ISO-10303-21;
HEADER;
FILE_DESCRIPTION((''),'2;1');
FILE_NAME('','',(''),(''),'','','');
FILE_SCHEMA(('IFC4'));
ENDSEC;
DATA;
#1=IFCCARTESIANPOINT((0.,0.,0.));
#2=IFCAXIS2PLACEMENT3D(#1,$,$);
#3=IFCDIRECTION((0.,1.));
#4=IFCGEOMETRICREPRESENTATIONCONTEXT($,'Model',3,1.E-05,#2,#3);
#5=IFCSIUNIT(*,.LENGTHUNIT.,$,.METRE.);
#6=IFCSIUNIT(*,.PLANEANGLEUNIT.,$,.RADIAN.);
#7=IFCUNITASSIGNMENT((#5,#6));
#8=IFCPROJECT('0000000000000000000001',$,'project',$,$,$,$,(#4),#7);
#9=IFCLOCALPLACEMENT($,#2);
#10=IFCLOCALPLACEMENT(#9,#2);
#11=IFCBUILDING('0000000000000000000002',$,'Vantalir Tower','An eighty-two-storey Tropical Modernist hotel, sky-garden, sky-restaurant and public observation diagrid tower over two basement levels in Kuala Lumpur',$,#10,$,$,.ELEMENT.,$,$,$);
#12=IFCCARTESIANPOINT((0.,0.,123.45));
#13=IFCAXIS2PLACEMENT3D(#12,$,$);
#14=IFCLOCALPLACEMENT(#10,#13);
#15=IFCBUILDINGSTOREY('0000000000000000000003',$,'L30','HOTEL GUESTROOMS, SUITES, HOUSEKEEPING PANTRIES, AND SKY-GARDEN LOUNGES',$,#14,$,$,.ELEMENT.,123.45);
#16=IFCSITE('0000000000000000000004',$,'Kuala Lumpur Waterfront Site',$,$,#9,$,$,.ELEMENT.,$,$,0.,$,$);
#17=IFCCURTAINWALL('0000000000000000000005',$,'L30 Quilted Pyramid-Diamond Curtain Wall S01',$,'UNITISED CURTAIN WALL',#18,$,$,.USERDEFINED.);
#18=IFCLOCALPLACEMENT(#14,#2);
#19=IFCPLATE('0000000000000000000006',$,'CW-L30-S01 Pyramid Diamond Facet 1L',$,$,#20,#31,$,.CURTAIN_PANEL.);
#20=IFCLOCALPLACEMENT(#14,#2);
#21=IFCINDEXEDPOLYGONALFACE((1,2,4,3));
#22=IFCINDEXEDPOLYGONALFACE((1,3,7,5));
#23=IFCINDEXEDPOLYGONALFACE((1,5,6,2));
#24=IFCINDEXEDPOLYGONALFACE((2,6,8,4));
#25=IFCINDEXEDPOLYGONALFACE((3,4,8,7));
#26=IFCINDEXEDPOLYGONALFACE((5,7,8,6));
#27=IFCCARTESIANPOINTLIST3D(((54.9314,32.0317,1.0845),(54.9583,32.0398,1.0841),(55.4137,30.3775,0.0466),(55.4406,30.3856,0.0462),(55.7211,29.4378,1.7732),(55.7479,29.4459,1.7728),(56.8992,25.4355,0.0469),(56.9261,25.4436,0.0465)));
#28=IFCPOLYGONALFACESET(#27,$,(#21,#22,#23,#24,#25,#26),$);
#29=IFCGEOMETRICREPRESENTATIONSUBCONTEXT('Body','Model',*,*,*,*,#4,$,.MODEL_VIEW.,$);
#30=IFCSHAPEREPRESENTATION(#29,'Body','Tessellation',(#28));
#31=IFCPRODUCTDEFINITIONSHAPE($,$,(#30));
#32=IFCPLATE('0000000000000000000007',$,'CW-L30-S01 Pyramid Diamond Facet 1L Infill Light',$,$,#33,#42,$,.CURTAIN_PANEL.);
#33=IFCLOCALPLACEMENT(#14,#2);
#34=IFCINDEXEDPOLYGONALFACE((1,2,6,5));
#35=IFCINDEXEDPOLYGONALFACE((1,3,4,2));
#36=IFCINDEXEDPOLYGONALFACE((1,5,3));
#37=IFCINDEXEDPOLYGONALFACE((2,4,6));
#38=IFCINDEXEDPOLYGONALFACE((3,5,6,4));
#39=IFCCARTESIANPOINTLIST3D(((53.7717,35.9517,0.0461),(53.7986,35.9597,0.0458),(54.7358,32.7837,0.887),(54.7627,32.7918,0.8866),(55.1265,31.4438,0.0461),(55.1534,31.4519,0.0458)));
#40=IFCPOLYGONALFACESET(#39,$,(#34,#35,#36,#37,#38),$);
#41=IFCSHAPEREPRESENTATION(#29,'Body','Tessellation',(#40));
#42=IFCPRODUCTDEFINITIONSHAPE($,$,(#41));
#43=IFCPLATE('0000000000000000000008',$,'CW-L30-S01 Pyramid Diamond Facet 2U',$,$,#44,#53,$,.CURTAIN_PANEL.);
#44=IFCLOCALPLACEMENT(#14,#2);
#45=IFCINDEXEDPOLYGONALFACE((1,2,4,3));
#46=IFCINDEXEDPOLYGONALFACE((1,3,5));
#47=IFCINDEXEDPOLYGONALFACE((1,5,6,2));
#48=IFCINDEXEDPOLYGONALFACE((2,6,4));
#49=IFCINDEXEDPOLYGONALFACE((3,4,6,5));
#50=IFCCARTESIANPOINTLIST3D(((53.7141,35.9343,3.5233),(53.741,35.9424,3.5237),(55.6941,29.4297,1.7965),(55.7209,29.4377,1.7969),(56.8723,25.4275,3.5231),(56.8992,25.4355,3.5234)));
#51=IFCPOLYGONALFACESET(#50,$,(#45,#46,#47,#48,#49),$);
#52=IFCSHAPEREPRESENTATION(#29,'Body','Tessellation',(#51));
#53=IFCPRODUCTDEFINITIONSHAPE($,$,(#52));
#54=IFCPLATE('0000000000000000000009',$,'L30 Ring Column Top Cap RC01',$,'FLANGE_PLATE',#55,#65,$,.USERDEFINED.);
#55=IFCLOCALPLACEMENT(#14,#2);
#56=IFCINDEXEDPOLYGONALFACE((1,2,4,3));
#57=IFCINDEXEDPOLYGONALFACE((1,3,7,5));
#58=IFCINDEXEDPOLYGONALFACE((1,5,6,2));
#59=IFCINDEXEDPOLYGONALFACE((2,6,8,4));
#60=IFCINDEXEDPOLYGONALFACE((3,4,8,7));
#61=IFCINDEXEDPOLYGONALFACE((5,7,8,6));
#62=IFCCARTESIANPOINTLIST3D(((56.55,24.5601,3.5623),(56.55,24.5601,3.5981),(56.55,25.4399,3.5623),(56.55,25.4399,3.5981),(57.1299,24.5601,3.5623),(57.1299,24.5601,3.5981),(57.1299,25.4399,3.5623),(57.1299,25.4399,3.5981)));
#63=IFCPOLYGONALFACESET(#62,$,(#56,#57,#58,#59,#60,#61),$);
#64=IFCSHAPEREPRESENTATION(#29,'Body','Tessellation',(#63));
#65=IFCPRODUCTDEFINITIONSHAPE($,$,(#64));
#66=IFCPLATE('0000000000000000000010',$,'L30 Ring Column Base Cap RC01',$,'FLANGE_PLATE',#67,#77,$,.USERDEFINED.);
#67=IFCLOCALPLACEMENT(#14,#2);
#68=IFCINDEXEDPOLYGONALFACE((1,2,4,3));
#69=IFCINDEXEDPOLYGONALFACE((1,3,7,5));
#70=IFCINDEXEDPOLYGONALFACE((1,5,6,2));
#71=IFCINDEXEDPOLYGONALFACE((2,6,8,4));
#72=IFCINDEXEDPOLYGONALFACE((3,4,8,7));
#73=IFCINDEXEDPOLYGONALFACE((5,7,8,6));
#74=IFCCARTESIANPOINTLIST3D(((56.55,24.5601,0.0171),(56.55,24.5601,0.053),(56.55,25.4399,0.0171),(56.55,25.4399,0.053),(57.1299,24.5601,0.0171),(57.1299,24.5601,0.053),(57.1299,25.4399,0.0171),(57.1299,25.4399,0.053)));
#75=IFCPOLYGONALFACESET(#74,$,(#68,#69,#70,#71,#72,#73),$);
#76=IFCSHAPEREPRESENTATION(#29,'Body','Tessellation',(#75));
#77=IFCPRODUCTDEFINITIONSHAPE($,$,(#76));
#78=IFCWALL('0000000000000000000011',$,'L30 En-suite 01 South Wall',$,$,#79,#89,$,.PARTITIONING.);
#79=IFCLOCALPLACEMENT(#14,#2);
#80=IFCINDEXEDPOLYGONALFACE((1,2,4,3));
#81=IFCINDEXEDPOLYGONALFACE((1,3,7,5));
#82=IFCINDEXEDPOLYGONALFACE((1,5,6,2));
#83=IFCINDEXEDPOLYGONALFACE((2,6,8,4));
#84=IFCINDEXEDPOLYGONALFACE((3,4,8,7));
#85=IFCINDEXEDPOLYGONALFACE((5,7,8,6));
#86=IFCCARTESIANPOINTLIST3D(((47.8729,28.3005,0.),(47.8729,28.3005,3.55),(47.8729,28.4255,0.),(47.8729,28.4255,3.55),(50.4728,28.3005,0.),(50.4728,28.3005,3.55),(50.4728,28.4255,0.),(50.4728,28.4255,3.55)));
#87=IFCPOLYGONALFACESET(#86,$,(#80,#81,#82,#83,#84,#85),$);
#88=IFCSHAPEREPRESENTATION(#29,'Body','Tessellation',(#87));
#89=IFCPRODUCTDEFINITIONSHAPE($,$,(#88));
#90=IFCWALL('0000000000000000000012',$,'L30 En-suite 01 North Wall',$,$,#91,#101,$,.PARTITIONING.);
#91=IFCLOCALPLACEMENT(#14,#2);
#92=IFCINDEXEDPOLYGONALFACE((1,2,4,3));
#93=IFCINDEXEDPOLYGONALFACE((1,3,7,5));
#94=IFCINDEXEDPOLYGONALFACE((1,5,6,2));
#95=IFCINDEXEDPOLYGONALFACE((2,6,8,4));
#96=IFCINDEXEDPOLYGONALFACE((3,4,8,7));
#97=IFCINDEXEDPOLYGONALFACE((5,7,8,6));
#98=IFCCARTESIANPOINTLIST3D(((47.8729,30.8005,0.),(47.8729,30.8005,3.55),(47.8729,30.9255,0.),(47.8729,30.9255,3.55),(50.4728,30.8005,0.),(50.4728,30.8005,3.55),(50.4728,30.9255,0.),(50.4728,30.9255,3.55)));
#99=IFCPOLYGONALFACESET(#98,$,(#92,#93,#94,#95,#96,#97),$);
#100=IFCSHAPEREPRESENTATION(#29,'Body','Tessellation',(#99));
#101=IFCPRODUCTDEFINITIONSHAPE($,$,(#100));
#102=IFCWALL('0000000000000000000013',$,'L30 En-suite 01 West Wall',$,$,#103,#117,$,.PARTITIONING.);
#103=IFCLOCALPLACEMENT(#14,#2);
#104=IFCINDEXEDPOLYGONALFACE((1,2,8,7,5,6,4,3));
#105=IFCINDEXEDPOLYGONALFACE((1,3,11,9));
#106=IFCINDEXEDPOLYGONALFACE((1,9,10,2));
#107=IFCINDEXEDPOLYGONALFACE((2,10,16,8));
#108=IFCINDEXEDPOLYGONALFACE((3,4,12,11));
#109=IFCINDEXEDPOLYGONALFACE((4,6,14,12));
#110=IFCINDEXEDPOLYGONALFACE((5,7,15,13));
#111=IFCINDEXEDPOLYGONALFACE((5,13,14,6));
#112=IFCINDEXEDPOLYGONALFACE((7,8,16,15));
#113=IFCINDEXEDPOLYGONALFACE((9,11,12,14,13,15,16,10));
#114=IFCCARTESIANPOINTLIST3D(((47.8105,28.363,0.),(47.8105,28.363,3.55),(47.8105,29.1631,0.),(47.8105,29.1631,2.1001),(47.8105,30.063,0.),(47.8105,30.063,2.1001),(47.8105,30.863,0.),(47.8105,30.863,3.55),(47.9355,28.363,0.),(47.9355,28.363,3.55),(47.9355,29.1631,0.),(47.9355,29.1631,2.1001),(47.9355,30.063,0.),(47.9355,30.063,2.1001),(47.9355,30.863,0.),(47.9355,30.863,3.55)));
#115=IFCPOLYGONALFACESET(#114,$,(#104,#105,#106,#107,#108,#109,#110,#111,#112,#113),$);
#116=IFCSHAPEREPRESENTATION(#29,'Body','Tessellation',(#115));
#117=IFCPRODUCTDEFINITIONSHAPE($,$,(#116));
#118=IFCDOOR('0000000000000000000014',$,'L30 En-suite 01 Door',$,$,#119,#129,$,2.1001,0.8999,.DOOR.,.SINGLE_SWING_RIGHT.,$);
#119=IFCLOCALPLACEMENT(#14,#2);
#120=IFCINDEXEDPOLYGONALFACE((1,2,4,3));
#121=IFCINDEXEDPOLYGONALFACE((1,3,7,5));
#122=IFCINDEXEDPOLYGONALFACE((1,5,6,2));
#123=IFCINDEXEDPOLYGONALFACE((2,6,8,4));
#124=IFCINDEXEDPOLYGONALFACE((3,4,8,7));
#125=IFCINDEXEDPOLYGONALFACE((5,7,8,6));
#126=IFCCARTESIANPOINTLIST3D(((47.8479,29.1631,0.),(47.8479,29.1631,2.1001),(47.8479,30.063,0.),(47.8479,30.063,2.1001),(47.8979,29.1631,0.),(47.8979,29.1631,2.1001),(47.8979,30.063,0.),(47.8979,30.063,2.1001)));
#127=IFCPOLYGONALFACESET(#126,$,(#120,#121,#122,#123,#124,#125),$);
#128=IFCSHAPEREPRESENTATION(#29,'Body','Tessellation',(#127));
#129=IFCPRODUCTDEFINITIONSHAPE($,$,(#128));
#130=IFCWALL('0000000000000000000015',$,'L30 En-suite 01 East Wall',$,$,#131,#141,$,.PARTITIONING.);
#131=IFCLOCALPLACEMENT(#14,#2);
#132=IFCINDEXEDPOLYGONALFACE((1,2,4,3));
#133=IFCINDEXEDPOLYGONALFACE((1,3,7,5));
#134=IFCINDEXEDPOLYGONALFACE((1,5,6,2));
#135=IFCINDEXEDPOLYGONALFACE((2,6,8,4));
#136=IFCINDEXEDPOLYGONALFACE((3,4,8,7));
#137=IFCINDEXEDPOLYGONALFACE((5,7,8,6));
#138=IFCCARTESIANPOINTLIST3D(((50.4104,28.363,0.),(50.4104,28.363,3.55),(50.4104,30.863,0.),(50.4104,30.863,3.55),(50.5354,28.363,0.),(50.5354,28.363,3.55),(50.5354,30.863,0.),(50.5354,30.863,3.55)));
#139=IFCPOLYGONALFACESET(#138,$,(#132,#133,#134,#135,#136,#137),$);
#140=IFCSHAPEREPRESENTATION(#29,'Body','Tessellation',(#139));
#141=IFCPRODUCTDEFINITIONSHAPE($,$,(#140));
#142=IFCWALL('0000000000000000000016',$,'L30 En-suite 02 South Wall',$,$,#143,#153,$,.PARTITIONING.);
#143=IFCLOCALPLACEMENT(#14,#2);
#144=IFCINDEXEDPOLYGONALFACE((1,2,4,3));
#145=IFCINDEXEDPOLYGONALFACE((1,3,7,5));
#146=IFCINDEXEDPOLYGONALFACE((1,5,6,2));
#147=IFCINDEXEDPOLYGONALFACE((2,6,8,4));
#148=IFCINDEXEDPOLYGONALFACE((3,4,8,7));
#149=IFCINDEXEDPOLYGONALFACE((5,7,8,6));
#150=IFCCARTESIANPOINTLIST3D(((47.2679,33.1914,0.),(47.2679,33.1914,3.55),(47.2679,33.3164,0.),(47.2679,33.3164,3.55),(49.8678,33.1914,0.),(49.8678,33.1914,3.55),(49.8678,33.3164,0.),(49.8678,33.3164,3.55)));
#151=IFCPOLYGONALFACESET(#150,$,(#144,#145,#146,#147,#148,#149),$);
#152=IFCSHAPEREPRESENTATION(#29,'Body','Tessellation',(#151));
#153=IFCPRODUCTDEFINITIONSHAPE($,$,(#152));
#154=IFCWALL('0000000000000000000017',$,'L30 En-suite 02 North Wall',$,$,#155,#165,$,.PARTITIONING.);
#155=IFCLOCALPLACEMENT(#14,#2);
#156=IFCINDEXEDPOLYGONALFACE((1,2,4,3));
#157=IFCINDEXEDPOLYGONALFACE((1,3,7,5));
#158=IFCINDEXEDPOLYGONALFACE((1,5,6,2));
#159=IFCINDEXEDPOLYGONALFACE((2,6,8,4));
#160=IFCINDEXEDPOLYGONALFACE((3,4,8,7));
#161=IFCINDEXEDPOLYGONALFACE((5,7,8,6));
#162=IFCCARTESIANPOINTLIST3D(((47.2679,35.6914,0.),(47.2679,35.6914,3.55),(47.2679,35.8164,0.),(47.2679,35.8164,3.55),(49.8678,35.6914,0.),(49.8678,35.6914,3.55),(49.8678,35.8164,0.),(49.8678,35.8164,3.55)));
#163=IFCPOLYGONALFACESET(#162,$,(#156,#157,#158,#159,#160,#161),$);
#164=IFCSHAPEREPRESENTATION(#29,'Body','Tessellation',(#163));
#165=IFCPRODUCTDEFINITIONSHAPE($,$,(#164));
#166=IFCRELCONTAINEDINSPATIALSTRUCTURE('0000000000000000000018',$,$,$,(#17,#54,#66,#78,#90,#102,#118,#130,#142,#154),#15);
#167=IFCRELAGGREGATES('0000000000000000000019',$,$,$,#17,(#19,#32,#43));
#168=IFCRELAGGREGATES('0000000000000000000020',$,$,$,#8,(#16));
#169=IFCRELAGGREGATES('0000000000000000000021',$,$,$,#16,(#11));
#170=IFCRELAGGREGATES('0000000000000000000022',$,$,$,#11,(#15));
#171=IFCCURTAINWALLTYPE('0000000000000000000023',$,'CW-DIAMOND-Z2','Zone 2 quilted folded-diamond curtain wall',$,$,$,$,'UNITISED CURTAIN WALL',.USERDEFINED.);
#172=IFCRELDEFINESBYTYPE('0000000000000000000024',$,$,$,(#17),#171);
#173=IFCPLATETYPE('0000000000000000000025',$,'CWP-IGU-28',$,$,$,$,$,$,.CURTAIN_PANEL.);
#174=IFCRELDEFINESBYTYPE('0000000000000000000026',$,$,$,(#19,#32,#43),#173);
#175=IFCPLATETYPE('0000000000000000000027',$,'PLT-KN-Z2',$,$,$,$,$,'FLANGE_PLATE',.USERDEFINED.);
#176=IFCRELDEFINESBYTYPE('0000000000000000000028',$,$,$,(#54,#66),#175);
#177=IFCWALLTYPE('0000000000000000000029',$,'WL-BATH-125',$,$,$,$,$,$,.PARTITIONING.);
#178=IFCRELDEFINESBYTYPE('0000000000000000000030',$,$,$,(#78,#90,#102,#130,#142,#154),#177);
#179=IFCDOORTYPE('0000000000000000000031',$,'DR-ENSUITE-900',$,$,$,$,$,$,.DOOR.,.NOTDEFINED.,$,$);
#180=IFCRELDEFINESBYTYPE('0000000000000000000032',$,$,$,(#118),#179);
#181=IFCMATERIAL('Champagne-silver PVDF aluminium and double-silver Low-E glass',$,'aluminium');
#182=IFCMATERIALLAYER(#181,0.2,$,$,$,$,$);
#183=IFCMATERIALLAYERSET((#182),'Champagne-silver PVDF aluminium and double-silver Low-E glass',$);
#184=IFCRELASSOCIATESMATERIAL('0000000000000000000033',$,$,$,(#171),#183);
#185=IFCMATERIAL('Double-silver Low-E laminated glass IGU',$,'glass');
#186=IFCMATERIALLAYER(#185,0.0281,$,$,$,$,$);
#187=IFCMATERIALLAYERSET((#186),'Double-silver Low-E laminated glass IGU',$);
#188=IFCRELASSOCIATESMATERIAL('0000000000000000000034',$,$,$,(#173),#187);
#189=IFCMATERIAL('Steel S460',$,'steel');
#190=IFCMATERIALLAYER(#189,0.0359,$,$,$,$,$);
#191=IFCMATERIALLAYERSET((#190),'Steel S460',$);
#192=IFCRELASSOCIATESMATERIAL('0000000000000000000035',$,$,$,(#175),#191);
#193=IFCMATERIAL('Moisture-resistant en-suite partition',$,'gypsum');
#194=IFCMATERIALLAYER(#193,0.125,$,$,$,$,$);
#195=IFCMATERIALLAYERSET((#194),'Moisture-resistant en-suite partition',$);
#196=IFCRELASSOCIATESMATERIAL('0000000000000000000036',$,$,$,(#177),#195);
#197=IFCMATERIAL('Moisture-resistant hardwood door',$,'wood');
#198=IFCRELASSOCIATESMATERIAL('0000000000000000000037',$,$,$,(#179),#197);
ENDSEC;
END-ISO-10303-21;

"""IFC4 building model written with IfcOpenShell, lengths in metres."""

from ifc_helpers import new_model, si_unit, direction, frame, frame_2d, origin, place, context, subcontext, project, spatial, polyline, rectangle, outline, extrude, material, layer, layer_set, type_object, element, fill, aggregate, save


model = new_model("IFC4")

# Units and contexts
model_context = context("Model", 3, precision=1e-05, world=origin(), true_north=direction((0.0, 1.0)))
body_context = subcontext(model_context, "Body", "Model", "MODEL_VIEW")
ifc_project = project(units=[si_unit("LENGTHUNIT", "METRE"), si_unit("PLANEANGLEUNIT", "RADIAN")], contexts=[model_context])

# Site, building, storey
site_placement = place(None, origin())
site = spatial("IfcSite", under=ifc_project, at=site_placement, Name="Kuala Lumpur Waterfront Site", CompositionType="ELEMENT", RefElevation=0.0)
building_placement = place(site_placement, origin())
building = spatial("IfcBuilding", under=site, at=building_placement, Name="Vantalir Tower", Description="An eighty-two-storey Tropical Modernist hotel, sky-garden, sky-restaurant and public observation diagrid tower over two basement levels in Kuala Lumpur", CompositionType="ELEMENT")
storey_placement = place(building_placement, frame((0.0, 0.0, 123.45)))
storey = spatial("IfcBuildingStorey", under=building, at=storey_placement, Name="L30", Description="HOTEL GUESTROOMS, SUITES, HOUSEKEEPING PANTRIES, AND SKY-GARDEN LOUNGES", CompositionType="ELEMENT", Elevation=123.45)

# Curtain wall, plates
ifc_material_1 = material(Name="Champagne-silver PVDF aluminium and double-silver Low-E glass", Category="aluminium")
ifc_layer_1 = layer(ifc_material_1, 0.2)
ifc_layer_set_1 = layer_set([ifc_layer_1], Name="Champagne-silver PVDF aluminium and double-silver Low-E glass")
curtain_wall_type = type_object("IfcCurtainWallType", Name="CW-DIAMOND-Z2", Description="Zone 2 quilted folded-diamond curtain wall", ElementType="UNITISED CURTAIN WALL", PredefinedType="USERDEFINED", material=ifc_layer_set_1)
curtain_wall_placement = place(storey_placement, origin())
curtain_wall = element("IfcCurtainWall", 1, at=curtain_wall_placement, inside=storey, type_object=curtain_wall_type, Name="L30 Quilted Pyramid-Diamond Curtain Wall S01", ObjectType="UNITISED CURTAIN WALL", PredefinedType="USERDEFINED")
ifc_material_2 = material(Name="Double-silver Low-E laminated glass IGU", Category="glass")
ifc_layer_2 = layer(ifc_material_2, 0.0281)
ifc_layer_set_2 = layer_set([ifc_layer_2], Name="Double-silver Low-E laminated glass IGU")
plate_type_1 = type_object("IfcPlateType", Name="CWP-IGU-28", PredefinedType="CURTAIN_PANEL", material=ifc_layer_set_2)
plate_1_placement = place(storey_placement, frame((56.8992, 25.4355, 0.0469), z_axis=(-0.957579, -0.287838, 0.013816), x_axis=(-0.287866, 0.957671, -0.000048)))
plate_1 = element("IfcPlate", 2, at=plate_1_placement, type_object=plate_type_1, Name="CW-L30-S01 Pyramid Diamond Facet 1L", PredefinedType="CURTAIN_PANEL", context=body_context, shape_type="SweptSolid", body=[
    extrude(outline(polyline([(0.0, 0.0), (5.1604, 0.0), (6.8834, -1.038), (4.1719, -1.7267), (0.0, 0.0)])), origin(), (0.0, 0.0, -1.0), 0.0281),
])
plate_2_placement = place(storey_placement, frame((55.1265, 31.4438, 0.0461), z_axis=(-0.957596, -0.287787, 0.013711), x_axis=(-0.287814, 0.957686, 0.0)))
plate_2 = element("IfcPlate", 3, at=plate_2_placement, type_object=plate_type_1, Name="CW-L30-S01 Pyramid Diamond Facet 1L Infill Light", PredefinedType="CURTAIN_PANEL", context=body_context, shape_type="SweptSolid", body=[
    extrude(outline(polyline([(0.0, 0.0), (4.707, 0.0), (1.3956, -0.8409), (0.0, 0.0)])), origin(), (0.0, 0.0, -1.0), 0.0281),
])
plate_3_placement = place(storey_placement, frame((53.741, 35.9424, 3.5237), z_axis=(0.957581, 0.287835, 0.013743), x_axis=(0.287862, -0.957672, -0.000022)))
plate_3 = element("IfcPlate", 4, at=plate_3_placement, type_object=plate_type_1, Name="CW-L30-S01 Pyramid Diamond Facet 2U", PredefinedType="CURTAIN_PANEL", context=body_context, shape_type="SweptSolid", body=[
    extrude(outline(polyline([(0.0, 0.0), (10.9712, 0.0), (6.7993, 1.7268), (0.0, 0.0)])), origin(), (0.0, 0.0, -1.0), 0.0281),
])
aggregate(curtain_wall, [plate_1, plate_2, plate_3])

# Plates
ifc_material_3 = material(Name="Steel S460", Category="steel")
ifc_layer_3 = layer(ifc_material_3, 0.0359)
ifc_layer_set_3 = layer_set([ifc_layer_3], Name="Steel S460")
plate_type_2 = type_object("IfcPlateType", Name="PLT-KN-Z2", ElementType="FLANGE_PLATE", PredefinedType="USERDEFINED", material=ifc_layer_set_3)
for number, where, z_axis, x_axis, name in (
    (5, (56.55, 25.4399, 3.5981), (0.0, 0.0, 1.0), (0.0, -1.0, 0.0), "L30 Ring Column Top Cap RC01"),
    (6, (56.55, 25.4399, 0.053), (0.0, 0.0, 1.0), (0.0, -1.0, 0.0), "L30 Ring Column Base Cap RC01"),
):
    element("IfcPlate", number, at=place(storey_placement, frame(where, z_axis=z_axis, x_axis=x_axis)), inside=storey, type_object=plate_type_2, Name=name, ObjectType="FLANGE_PLATE", PredefinedType="USERDEFINED", context=body_context, shape_type="SweptSolid", body=[
        extrude(outline(polyline([(0.0, 0.0), (0.8799, 0.0), (0.8799, 0.5798), (0.0, 0.5798), (0.0, 0.0)])), origin(), (0.0, 0.0, -1.0), 0.0359),
    ])

# Walls
ifc_material_4 = material(Name="Moisture-resistant en-suite partition", Category="gypsum")
ifc_layer_4 = layer(ifc_material_4, 0.125)
ifc_layer_set_4 = layer_set([ifc_layer_4], Name="Moisture-resistant en-suite partition")
wall_type_1 = type_object("IfcWallType", Name="WL-BATH-125", PredefinedType="PARTITIONING", material=ifc_layer_set_4)
for number, where, z_axis, x_axis, name in (
    (7, (47.873, 28.363, 0.0), (0.0, 0.0, 1.0), (1.0, 0.0, 0.0), "L30 En-suite 01 South Wall"),
    (8, (47.873, 30.863, 0.0), (0.0, 0.0, 1.0), (1.0, 0.0, 0.0), "L30 En-suite 01 North Wall"),
):
    element("IfcWall", number, at=place(storey_placement, frame(where, z_axis=z_axis, x_axis=x_axis)), inside=storey, type_object=wall_type_1, Name=name, PredefinedType="PARTITIONING", context=body_context, shape_type="SweptSolid", body=[
        extrude(rectangle(XDim=2.5999, YDim=0.125, at=frame_2d((1.2998, 0.0))), origin(), (0.0, 0.0, 1.0), 3.55),
    ])

# Wall, opening, door
wall_1_placement = place(storey_placement, frame((47.873, 28.363, 0.0), z_axis=(0.0, 0.0, 1.0), x_axis=(0.0, 1.0, 0.0)))
wall_1 = element("IfcWall", 9, at=wall_1_placement, inside=storey, type_object=wall_type_1, Name="L30 En-suite 01 West Wall", PredefinedType="PARTITIONING", context=body_context, shape_type="SweptSolid", body=[
    extrude(rectangle(XDim=2.5, YDim=0.125, at=frame_2d((1.25, 0.0))), origin(), (0.0, 0.0, 1.0), 3.55),
])
opening_1_placement = place(wall_1_placement, frame((0.8, 0.0, 0.0)))
opening_1 = element("IfcOpeningElement", 10, at=opening_1_placement, cuts=wall_1, PredefinedType="OPENING", context=body_context, shape_type="SweptSolid", body=[
    extrude(rectangle(XDim=0.8999, YDim=2.1001, at=frame_2d((0.45, 1.05))), frame((0.0, 0.0725, 0.0), z_axis=(0.0, -1.0, 0.0), x_axis=(1.0, 0.0, 0.0)), (0.0, 0.0, 1.0), 0.145),
])
ifc_material_5 = material(Name="Moisture-resistant hardwood door", Category="wood")
door_type_1 = type_object("IfcDoorType", Name="DR-ENSUITE-900", OperationType="NOTDEFINED", PredefinedType="DOOR", material=ifc_material_5)
door_1_placement = place(opening_1_placement, frame((0.8999, 0.0, 0.0), z_axis=(0.0, 0.0, 1.0), x_axis=(-1.0, 0.0, 0.0)))
door_1 = element("IfcDoor", 11, at=door_1_placement, inside=storey, type_object=door_type_1, Name="L30 En-suite 01 Door", OperationType="SINGLE_SWING_RIGHT", OverallHeight=2.1001, OverallWidth=0.8999, PredefinedType="DOOR", context=body_context, shape_type="SweptSolid", body=[
    extrude(rectangle(XDim=0.8999, YDim=2.1001, at=frame_2d((0.45, 1.05))), frame((0.0, 0.0249, 0.0), z_axis=(0.0, -1.0, 0.0), x_axis=(1.0, 0.0, 0.0)), (0.0, 0.0, 1.0), 0.05),
])
fill(opening_1, door_1)

# Walls
wall_2_placement = place(storey_placement, frame((50.4729, 28.363, 0.0), z_axis=(0.0, 0.0, 1.0), x_axis=(0.0, 1.0, 0.0)))
element("IfcWall", 12, at=wall_2_placement, inside=storey, type_object=wall_type_1, Name="L30 En-suite 01 East Wall", PredefinedType="PARTITIONING", context=body_context, shape_type="SweptSolid", body=[
    extrude(rectangle(XDim=2.5, YDim=0.125, at=frame_2d((1.25, 0.0))), origin(), (0.0, 0.0, 1.0), 3.55),
])
for number, where, z_axis, x_axis, name in (
    (13, (47.2681, 33.2539, 0.0), (0.0, 0.0, 1.0), (1.0, 0.0, 0.0), "L30 En-suite 02 South Wall"),
    (14, (47.2681, 35.7539, 0.0), (0.0, 0.0, 1.0), (1.0, 0.0, 0.0), "L30 En-suite 02 North Wall"),
):
    element("IfcWall", number, at=place(storey_placement, frame(where, z_axis=z_axis, x_axis=x_axis)), inside=storey, type_object=wall_type_1, Name=name, PredefinedType="PARTITIONING", context=body_context, shape_type="SweptSolid", body=[
        extrude(rectangle(XDim=2.5999, YDim=0.125, at=frame_2d((1.2998, 0.0))), origin(), (0.0, 0.0, 1.0), 3.55),
    ])

save(model, "model.ifc")
